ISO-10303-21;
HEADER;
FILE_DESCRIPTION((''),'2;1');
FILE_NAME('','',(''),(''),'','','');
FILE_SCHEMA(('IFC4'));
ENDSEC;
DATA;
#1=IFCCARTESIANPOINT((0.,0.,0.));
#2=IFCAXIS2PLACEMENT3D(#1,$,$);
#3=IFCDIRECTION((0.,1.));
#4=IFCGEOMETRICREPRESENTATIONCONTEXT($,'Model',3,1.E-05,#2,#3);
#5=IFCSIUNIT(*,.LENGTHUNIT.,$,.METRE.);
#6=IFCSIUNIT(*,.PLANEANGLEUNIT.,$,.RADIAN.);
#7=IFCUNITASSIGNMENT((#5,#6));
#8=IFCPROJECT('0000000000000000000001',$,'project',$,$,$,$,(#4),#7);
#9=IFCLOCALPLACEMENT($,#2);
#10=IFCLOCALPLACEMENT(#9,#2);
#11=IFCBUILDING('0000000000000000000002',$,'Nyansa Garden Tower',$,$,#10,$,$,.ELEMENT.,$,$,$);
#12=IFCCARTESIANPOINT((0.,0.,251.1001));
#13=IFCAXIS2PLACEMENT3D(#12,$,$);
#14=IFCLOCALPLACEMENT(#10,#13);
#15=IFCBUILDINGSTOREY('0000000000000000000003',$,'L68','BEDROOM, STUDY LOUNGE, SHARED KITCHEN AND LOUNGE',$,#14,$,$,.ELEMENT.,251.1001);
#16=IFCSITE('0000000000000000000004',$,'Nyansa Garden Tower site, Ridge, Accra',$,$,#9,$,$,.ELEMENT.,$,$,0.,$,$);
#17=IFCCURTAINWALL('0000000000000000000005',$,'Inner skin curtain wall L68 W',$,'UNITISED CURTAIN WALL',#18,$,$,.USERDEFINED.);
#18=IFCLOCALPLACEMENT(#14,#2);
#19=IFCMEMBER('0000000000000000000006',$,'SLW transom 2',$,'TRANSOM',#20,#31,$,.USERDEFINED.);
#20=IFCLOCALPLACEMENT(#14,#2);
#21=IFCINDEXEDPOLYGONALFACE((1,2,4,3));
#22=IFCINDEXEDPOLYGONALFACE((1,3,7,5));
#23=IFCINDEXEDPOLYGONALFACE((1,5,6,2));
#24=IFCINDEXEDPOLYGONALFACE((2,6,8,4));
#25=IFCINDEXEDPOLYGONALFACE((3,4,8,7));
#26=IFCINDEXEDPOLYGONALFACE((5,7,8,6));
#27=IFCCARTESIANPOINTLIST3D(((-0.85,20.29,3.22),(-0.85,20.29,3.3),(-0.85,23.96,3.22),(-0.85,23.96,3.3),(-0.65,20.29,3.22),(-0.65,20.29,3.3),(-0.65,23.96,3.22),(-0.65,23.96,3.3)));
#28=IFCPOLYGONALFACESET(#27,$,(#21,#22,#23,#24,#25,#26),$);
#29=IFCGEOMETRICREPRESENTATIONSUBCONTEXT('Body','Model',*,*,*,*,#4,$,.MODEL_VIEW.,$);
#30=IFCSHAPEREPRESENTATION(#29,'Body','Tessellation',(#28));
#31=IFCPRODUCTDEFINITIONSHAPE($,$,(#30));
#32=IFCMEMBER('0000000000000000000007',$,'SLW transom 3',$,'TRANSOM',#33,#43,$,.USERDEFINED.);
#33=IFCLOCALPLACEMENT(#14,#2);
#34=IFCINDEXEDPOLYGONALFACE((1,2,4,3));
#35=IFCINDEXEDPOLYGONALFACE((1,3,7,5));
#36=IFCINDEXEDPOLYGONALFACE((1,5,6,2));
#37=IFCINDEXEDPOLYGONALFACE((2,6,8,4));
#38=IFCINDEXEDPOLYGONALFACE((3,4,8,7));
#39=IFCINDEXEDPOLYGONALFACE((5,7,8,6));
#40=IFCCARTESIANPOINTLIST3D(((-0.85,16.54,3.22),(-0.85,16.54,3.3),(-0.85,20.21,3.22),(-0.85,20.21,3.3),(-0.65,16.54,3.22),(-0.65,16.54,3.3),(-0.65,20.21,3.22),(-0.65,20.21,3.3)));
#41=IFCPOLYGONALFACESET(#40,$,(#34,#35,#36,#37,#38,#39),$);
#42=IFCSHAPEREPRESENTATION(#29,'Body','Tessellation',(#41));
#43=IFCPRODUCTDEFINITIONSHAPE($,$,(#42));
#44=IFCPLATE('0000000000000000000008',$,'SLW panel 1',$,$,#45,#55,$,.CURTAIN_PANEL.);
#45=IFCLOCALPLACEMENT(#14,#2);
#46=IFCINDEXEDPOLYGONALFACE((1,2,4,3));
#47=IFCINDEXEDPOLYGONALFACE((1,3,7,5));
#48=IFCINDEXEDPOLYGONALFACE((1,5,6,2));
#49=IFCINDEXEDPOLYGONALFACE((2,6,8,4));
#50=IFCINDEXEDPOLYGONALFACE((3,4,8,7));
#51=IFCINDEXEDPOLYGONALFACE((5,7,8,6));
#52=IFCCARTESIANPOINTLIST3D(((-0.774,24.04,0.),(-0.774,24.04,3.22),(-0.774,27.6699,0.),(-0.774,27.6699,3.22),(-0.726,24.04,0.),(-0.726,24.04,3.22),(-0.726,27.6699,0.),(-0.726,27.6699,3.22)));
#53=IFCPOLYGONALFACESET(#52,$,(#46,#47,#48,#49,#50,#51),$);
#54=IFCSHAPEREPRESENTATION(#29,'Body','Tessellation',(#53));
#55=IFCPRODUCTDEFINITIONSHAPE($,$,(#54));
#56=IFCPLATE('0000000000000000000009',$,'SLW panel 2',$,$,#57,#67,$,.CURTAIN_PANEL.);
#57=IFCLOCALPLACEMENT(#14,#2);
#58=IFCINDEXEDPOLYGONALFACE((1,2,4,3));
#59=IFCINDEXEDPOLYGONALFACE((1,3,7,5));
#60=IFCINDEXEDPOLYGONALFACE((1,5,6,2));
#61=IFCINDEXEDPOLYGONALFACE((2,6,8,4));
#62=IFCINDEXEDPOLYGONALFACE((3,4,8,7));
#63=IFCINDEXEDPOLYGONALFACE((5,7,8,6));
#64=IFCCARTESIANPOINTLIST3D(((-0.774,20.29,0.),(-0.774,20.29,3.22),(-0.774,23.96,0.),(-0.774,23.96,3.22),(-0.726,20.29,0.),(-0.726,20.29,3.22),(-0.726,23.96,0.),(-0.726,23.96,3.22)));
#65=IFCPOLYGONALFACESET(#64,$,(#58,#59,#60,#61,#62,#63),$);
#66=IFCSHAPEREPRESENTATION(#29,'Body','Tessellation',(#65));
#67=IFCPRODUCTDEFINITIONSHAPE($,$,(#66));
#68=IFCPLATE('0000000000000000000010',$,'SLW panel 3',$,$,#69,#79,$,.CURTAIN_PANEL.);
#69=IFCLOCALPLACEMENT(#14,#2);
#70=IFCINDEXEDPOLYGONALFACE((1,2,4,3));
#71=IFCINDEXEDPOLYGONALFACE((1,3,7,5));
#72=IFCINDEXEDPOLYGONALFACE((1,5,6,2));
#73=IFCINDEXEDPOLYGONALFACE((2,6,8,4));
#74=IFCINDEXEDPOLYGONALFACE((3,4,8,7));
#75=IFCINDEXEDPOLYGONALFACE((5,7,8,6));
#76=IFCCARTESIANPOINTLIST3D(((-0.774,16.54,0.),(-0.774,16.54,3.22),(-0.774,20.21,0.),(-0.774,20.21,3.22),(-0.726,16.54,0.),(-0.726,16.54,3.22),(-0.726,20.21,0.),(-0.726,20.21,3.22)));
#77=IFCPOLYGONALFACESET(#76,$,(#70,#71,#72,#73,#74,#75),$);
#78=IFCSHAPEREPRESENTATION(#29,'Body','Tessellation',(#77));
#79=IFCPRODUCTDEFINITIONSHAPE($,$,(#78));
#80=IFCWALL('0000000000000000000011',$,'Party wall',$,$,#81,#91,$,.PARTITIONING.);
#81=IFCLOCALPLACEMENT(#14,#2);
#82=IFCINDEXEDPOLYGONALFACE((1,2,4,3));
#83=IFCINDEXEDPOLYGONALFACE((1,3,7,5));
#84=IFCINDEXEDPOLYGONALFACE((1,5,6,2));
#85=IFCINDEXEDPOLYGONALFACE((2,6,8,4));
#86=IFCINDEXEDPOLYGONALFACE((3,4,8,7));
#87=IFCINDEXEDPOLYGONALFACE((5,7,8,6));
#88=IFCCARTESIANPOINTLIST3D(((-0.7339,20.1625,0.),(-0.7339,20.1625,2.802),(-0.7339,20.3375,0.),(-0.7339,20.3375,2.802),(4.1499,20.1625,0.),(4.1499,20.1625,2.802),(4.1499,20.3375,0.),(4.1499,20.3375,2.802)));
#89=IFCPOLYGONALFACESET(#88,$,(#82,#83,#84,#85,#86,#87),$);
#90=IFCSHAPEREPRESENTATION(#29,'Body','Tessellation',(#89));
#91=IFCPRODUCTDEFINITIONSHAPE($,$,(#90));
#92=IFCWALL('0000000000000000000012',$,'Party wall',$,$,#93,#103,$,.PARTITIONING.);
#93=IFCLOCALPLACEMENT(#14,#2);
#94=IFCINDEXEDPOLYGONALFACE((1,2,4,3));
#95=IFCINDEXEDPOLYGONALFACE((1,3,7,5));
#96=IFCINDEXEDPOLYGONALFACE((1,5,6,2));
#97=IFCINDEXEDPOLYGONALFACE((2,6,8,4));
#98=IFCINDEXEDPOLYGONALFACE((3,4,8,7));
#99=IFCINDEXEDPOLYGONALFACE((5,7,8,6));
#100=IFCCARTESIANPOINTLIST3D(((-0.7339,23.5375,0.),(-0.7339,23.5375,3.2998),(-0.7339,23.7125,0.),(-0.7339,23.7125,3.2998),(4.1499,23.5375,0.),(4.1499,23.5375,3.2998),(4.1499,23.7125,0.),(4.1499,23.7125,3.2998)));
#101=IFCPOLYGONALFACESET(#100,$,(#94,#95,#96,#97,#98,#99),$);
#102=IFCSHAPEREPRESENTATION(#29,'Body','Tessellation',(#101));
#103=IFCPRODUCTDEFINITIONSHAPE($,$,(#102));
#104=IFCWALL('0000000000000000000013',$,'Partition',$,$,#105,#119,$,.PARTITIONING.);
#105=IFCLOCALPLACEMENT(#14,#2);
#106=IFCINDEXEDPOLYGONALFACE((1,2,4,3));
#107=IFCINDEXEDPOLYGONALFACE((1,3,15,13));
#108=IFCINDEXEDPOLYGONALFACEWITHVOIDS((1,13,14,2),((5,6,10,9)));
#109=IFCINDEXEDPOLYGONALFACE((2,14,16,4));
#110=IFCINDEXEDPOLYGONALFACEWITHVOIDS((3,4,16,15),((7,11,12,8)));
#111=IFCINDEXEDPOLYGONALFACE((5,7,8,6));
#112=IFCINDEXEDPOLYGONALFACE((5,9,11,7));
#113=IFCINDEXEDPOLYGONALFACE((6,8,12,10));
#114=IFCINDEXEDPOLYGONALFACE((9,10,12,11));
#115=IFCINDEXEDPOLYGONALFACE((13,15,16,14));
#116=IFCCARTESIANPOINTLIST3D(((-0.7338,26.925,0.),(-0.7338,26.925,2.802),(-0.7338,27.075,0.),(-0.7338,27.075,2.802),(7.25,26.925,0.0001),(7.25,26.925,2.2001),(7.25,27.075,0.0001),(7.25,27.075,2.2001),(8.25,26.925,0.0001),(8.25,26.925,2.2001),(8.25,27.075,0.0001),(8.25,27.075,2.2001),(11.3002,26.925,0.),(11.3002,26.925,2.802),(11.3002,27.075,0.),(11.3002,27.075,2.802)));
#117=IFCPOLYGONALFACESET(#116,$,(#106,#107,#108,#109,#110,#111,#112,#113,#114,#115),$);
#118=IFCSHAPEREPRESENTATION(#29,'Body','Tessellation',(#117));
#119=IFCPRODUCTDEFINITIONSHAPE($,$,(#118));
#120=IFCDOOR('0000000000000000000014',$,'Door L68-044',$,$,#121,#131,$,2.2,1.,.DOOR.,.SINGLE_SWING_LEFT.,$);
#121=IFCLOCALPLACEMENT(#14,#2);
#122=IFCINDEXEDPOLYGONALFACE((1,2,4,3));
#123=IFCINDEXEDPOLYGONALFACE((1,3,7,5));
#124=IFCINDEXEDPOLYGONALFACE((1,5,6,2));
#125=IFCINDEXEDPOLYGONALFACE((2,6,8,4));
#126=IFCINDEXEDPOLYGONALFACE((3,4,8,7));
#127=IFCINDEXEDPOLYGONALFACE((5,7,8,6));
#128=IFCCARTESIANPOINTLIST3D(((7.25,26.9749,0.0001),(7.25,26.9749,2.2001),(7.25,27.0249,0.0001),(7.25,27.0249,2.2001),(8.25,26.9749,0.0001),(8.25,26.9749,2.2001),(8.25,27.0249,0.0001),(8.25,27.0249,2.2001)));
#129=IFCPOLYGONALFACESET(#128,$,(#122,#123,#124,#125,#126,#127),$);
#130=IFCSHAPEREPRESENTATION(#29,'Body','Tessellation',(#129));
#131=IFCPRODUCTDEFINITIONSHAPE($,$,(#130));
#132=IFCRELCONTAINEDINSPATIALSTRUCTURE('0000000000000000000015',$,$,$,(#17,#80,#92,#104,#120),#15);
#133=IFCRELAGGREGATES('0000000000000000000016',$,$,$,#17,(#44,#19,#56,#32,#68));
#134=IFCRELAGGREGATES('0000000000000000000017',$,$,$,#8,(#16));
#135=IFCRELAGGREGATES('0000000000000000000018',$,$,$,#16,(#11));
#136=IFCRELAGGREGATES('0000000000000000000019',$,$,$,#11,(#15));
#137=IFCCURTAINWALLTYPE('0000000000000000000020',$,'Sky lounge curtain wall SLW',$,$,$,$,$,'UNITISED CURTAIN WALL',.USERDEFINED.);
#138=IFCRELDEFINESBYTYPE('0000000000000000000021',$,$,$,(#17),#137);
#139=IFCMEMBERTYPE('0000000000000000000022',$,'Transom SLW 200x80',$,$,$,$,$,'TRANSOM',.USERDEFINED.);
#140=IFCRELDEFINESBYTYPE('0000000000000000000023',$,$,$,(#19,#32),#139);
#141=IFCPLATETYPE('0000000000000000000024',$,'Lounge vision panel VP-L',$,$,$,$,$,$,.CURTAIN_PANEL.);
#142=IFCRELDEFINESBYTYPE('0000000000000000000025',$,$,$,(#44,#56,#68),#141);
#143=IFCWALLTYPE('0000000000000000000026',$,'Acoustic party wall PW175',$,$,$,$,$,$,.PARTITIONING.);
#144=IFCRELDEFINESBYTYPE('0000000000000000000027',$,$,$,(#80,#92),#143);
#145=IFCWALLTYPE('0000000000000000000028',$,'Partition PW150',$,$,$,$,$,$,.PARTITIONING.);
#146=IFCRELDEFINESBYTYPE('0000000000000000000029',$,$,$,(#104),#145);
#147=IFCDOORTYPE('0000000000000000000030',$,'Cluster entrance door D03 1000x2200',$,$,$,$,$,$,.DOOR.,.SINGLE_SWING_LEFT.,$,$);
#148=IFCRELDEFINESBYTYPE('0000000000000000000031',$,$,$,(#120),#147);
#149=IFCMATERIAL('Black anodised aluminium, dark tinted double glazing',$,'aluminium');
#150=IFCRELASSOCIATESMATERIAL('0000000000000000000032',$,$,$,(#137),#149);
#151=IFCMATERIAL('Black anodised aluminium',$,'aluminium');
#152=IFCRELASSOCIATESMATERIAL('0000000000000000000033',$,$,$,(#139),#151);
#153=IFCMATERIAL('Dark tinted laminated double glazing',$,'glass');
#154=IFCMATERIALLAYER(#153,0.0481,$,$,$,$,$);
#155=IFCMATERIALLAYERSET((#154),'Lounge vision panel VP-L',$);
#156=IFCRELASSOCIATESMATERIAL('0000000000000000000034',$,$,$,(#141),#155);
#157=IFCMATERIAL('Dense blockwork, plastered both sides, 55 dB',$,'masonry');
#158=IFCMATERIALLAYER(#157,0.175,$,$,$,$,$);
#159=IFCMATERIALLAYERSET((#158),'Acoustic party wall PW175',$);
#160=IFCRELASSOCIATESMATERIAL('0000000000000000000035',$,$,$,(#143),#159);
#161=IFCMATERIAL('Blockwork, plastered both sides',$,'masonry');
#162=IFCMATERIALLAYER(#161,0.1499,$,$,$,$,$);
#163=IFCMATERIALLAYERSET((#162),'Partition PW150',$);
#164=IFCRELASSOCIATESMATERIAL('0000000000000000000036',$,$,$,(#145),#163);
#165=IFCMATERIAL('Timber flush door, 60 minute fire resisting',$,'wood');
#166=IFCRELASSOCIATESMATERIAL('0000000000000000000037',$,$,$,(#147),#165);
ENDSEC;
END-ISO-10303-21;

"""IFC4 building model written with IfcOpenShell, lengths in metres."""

from ifc_helpers import new_model, si_unit, direction, frame, frame_2d, origin, origin_2d, place, context, subcontext, project, spatial, rectangle, extrude, material, layer, layer_set, material_profile, profile_set, type_object, element, fill, aggregate, save


model = new_model("IFC4")

# Units and contexts
model_context = context("Model", 3, precision=1e-05, world=origin(), true_north=direction((0.0, 1.0)))
body_context = subcontext(model_context, "Body", "Model", "MODEL_VIEW")
ifc_project = project(units=[si_unit("LENGTHUNIT", "METRE"), si_unit("PLANEANGLEUNIT", "RADIAN")], contexts=[model_context])

# Site, building, storey
site_placement = place(None, origin())
site = spatial("IfcSite", under=ifc_project, at=site_placement, Name="Nyansa Garden Tower site, Ridge, Accra", CompositionType="ELEMENT", RefElevation=0.0)
building_placement = place(site_placement, origin())
building = spatial("IfcBuilding", under=site, at=building_placement, Name="Nyansa Garden Tower", CompositionType="ELEMENT")
storey_placement = place(building_placement, frame((0.0, 0.0, 251.1001)))
storey = spatial("IfcBuildingStorey", under=building, at=storey_placement, Name="L68", Description="BEDROOM, STUDY LOUNGE, SHARED KITCHEN AND LOUNGE", CompositionType="ELEMENT", Elevation=251.1001)

# Curtain wall
ifc_material_1 = material(Name="Black anodised aluminium, dark tinted double glazing", Category="aluminium")
curtain_wall_type = type_object("IfcCurtainWallType", Name="Sky lounge curtain wall SLW", ElementType="UNITISED CURTAIN WALL", PredefinedType="USERDEFINED", material=ifc_material_1)
curtain_wall_placement = place(storey_placement, origin())
curtain_wall = element("IfcCurtainWall", 1, at=curtain_wall_placement, inside=storey, type_object=curtain_wall_type, Name="Inner skin curtain wall L68 W", ObjectType="UNITISED CURTAIN WALL", PredefinedType="USERDEFINED")

# Members
ifc_material_2 = material(Name="Black anodised aluminium", Category="aluminium")
ifc_material_profile_1 = material_profile(ifc_material_2, rectangle(XDim=0.2, YDim=0.0801, at=origin_2d()), Name="Transom 200x80")
ifc_profile_set_1 = profile_set([ifc_material_profile_1], Name="Black anodised aluminium")
member_type_1 = type_object("IfcMemberType", Name="Transom SLW 200x80", ElementType="TRANSOM", PredefinedType="USERDEFINED", material=ifc_profile_set_1)
member_1_placement = place(storey_placement, frame((-0.75, 23.96, 3.26), z_axis=(0.0, -1.0, 0.0), x_axis=(1.0, 0.0, 0.0)))
member_1 = element("IfcMember", 2, at=member_1_placement, type_object=member_type_1, Name="SLW transom 2", ObjectType="TRANSOM", PredefinedType="USERDEFINED", context=body_context, shape_type="SweptSolid", body=[
    extrude(rectangle(XDim=0.2, YDim=0.0801, at=origin_2d()), origin(), (0.0, 0.0, 1.0), 3.6699),
])
member_2_placement = place(storey_placement, frame((-0.75, 20.21, 3.26), z_axis=(0.0, -1.0, 0.0), x_axis=(1.0, 0.0, 0.0)))
member_2 = element("IfcMember", 3, at=member_2_placement, type_object=member_type_1, Name="SLW transom 3", ObjectType="TRANSOM", PredefinedType="USERDEFINED", context=body_context, shape_type="SweptSolid", body=[
    extrude(rectangle(XDim=0.2, YDim=0.0801, at=origin_2d()), origin(), (0.0, 0.0, 1.0), 3.6699),
])

# Plates
ifc_material_3 = material(Name="Dark tinted laminated double glazing", Category="glass")
ifc_layer_1 = layer(ifc_material_3, 0.0481)
ifc_layer_set_1 = layer_set([ifc_layer_1], Name="Lounge vision panel VP-L")
plate_type = type_object("IfcPlateType", Name="Lounge vision panel VP-L", PredefinedType="CURTAIN_PANEL", material=ifc_layer_set_1)
plate_1_placement = place(storey_placement, frame((-0.75, 25.855, 0.0), z_axis=(0.0, 0.0, 1.0), x_axis=(0.0, -1.0, 0.0)))
plate_1 = element("IfcPlate", 4, at=plate_1_placement, type_object=plate_type, Name="SLW panel 1", PredefinedType="CURTAIN_PANEL", context=body_context, shape_type="SweptSolid", body=[
    extrude(rectangle(XDim=3.6299, YDim=0.0481, at=origin_2d()), origin(), (0.0, 0.0, 1.0), 3.22),
])
plate_2_placement = place(storey_placement, frame((-0.75, 22.125, 0.0), z_axis=(0.0, 0.0, 1.0), x_axis=(0.0, -1.0, 0.0)))
plate_2 = element("IfcPlate", 5, at=plate_2_placement, type_object=plate_type, Name="SLW panel 2", PredefinedType="CURTAIN_PANEL", context=body_context, shape_type="SweptSolid", body=[
    extrude(rectangle(XDim=3.6699, YDim=0.0481, at=origin_2d()), origin(), (0.0, 0.0, 1.0), 3.22),
])
plate_3_placement = place(storey_placement, frame((-0.75, 18.375, 0.0), z_axis=(0.0, 0.0, 1.0), x_axis=(0.0, -1.0, 0.0)))
plate_3 = element("IfcPlate", 6, at=plate_3_placement, type_object=plate_type, Name="SLW panel 3", PredefinedType="CURTAIN_PANEL", context=body_context, shape_type="SweptSolid", body=[
    extrude(rectangle(XDim=3.6699, YDim=0.0481, at=origin_2d()), origin(), (0.0, 0.0, 1.0), 3.22),
])
aggregate(curtain_wall, [plate_1, member_1, plate_2, member_2, plate_3])

# Walls
ifc_material_4 = material(Name="Dense blockwork, plastered both sides, 55 dB", Category="masonry")
ifc_layer_2 = layer(ifc_material_4, 0.175)
ifc_layer_set_2 = layer_set([ifc_layer_2], Name="Acoustic party wall PW175")
wall_type_1 = type_object("IfcWallType", Name="Acoustic party wall PW175", PredefinedType="PARTITIONING", material=ifc_layer_set_2)
wall_1_placement = place(storey_placement, frame((-0.7339, 20.25, 0.0), z_axis=(0.0, 0.0, 1.0), x_axis=(1.0, 0.0, 0.0)))
element("IfcWall", 7, at=wall_1_placement, inside=storey, type_object=wall_type_1, Name="Party wall", PredefinedType="PARTITIONING", context=body_context, shape_type="SweptSolid", body=[
    extrude(rectangle(XDim=4.8838, YDim=0.175, at=frame_2d((2.4419, 0.0))), origin(), (0.0, 0.0, 1.0), 2.802),
])
wall_2_placement = place(storey_placement, frame((-0.7339, 23.625, 0.0), z_axis=(0.0, 0.0, 1.0), x_axis=(1.0, 0.0, 0.0)))
element("IfcWall", 8, at=wall_2_placement, inside=storey, type_object=wall_type_1, Name="Party wall", PredefinedType="PARTITIONING", context=body_context, shape_type="SweptSolid", body=[
    extrude(rectangle(XDim=4.8838, YDim=0.175, at=frame_2d((2.4419, 0.0))), origin(), (0.0, 0.0, 1.0), 3.2998),
])

# Wall, opening, door
ifc_material_5 = material(Name="Blockwork, plastered both sides", Category="masonry")
ifc_layer_3 = layer(ifc_material_5, 0.1499)
ifc_layer_set_3 = layer_set([ifc_layer_3], Name="Partition PW150")
wall_type_2 = type_object("IfcWallType", Name="Partition PW150", PredefinedType="PARTITIONING", material=ifc_layer_set_3)
wall_3_placement = place(storey_placement, frame((-0.7339, 27.0, 0.0), z_axis=(0.0, 0.0, 1.0), x_axis=(1.0, 0.0, 0.0)))
wall_3 = element("IfcWall", 9, at=wall_3_placement, inside=storey, type_object=wall_type_2, Name="Partition", PredefinedType="PARTITIONING", context=body_context, shape_type="SweptSolid", body=[
    extrude(rectangle(XDim=12.0339, YDim=0.1499, at=frame_2d((6.0171, 0.0))), origin(), (0.0, 0.0, 1.0), 2.802),
])
opening_placement = place(wall_3_placement, frame((7.9839, 0.0, 0.0)))
opening = element("IfcOpeningElement", 10, at=opening_placement, cuts=wall_3, PredefinedType="OPENING", context=body_context, shape_type="SweptSolid", body=[
    extrude(rectangle(XDim=1.0, YDim=2.2, at=frame_2d((0.5, 1.1001))), frame((0.0, 0.085, 0.0), z_axis=(0.0, -1.0, 0.0), x_axis=(1.0, 0.0, 0.0)), (0.0, 0.0, 1.0), 0.1699),
])
ifc_material_6 = material(Name="Timber flush door, 60 minute fire resisting", Category="wood")
door_type = type_object("IfcDoorType", Name="Cluster entrance door D03 1000x2200", OperationType="SINGLE_SWING_LEFT", PredefinedType="DOOR", material=ifc_material_6)
door_placement = place(opening_placement, origin())
door = element("IfcDoor", 11, at=door_placement, inside=storey, type_object=door_type, Name="Door L68-044", OperationType="SINGLE_SWING_LEFT", OverallHeight=2.2, OverallWidth=1.0, PredefinedType="DOOR", context=body_context, shape_type="SweptSolid", body=[
    extrude(rectangle(XDim=1.0, YDim=2.2, at=frame_2d((0.5, 1.1001))), frame((0.0, 0.0249, 0.0), z_axis=(0.0, -1.0, 0.0), x_axis=(1.0, 0.0, 0.0)), (0.0, 0.0, 1.0), 0.05),
])
fill(opening, door)

save(model, "model.ifc")
